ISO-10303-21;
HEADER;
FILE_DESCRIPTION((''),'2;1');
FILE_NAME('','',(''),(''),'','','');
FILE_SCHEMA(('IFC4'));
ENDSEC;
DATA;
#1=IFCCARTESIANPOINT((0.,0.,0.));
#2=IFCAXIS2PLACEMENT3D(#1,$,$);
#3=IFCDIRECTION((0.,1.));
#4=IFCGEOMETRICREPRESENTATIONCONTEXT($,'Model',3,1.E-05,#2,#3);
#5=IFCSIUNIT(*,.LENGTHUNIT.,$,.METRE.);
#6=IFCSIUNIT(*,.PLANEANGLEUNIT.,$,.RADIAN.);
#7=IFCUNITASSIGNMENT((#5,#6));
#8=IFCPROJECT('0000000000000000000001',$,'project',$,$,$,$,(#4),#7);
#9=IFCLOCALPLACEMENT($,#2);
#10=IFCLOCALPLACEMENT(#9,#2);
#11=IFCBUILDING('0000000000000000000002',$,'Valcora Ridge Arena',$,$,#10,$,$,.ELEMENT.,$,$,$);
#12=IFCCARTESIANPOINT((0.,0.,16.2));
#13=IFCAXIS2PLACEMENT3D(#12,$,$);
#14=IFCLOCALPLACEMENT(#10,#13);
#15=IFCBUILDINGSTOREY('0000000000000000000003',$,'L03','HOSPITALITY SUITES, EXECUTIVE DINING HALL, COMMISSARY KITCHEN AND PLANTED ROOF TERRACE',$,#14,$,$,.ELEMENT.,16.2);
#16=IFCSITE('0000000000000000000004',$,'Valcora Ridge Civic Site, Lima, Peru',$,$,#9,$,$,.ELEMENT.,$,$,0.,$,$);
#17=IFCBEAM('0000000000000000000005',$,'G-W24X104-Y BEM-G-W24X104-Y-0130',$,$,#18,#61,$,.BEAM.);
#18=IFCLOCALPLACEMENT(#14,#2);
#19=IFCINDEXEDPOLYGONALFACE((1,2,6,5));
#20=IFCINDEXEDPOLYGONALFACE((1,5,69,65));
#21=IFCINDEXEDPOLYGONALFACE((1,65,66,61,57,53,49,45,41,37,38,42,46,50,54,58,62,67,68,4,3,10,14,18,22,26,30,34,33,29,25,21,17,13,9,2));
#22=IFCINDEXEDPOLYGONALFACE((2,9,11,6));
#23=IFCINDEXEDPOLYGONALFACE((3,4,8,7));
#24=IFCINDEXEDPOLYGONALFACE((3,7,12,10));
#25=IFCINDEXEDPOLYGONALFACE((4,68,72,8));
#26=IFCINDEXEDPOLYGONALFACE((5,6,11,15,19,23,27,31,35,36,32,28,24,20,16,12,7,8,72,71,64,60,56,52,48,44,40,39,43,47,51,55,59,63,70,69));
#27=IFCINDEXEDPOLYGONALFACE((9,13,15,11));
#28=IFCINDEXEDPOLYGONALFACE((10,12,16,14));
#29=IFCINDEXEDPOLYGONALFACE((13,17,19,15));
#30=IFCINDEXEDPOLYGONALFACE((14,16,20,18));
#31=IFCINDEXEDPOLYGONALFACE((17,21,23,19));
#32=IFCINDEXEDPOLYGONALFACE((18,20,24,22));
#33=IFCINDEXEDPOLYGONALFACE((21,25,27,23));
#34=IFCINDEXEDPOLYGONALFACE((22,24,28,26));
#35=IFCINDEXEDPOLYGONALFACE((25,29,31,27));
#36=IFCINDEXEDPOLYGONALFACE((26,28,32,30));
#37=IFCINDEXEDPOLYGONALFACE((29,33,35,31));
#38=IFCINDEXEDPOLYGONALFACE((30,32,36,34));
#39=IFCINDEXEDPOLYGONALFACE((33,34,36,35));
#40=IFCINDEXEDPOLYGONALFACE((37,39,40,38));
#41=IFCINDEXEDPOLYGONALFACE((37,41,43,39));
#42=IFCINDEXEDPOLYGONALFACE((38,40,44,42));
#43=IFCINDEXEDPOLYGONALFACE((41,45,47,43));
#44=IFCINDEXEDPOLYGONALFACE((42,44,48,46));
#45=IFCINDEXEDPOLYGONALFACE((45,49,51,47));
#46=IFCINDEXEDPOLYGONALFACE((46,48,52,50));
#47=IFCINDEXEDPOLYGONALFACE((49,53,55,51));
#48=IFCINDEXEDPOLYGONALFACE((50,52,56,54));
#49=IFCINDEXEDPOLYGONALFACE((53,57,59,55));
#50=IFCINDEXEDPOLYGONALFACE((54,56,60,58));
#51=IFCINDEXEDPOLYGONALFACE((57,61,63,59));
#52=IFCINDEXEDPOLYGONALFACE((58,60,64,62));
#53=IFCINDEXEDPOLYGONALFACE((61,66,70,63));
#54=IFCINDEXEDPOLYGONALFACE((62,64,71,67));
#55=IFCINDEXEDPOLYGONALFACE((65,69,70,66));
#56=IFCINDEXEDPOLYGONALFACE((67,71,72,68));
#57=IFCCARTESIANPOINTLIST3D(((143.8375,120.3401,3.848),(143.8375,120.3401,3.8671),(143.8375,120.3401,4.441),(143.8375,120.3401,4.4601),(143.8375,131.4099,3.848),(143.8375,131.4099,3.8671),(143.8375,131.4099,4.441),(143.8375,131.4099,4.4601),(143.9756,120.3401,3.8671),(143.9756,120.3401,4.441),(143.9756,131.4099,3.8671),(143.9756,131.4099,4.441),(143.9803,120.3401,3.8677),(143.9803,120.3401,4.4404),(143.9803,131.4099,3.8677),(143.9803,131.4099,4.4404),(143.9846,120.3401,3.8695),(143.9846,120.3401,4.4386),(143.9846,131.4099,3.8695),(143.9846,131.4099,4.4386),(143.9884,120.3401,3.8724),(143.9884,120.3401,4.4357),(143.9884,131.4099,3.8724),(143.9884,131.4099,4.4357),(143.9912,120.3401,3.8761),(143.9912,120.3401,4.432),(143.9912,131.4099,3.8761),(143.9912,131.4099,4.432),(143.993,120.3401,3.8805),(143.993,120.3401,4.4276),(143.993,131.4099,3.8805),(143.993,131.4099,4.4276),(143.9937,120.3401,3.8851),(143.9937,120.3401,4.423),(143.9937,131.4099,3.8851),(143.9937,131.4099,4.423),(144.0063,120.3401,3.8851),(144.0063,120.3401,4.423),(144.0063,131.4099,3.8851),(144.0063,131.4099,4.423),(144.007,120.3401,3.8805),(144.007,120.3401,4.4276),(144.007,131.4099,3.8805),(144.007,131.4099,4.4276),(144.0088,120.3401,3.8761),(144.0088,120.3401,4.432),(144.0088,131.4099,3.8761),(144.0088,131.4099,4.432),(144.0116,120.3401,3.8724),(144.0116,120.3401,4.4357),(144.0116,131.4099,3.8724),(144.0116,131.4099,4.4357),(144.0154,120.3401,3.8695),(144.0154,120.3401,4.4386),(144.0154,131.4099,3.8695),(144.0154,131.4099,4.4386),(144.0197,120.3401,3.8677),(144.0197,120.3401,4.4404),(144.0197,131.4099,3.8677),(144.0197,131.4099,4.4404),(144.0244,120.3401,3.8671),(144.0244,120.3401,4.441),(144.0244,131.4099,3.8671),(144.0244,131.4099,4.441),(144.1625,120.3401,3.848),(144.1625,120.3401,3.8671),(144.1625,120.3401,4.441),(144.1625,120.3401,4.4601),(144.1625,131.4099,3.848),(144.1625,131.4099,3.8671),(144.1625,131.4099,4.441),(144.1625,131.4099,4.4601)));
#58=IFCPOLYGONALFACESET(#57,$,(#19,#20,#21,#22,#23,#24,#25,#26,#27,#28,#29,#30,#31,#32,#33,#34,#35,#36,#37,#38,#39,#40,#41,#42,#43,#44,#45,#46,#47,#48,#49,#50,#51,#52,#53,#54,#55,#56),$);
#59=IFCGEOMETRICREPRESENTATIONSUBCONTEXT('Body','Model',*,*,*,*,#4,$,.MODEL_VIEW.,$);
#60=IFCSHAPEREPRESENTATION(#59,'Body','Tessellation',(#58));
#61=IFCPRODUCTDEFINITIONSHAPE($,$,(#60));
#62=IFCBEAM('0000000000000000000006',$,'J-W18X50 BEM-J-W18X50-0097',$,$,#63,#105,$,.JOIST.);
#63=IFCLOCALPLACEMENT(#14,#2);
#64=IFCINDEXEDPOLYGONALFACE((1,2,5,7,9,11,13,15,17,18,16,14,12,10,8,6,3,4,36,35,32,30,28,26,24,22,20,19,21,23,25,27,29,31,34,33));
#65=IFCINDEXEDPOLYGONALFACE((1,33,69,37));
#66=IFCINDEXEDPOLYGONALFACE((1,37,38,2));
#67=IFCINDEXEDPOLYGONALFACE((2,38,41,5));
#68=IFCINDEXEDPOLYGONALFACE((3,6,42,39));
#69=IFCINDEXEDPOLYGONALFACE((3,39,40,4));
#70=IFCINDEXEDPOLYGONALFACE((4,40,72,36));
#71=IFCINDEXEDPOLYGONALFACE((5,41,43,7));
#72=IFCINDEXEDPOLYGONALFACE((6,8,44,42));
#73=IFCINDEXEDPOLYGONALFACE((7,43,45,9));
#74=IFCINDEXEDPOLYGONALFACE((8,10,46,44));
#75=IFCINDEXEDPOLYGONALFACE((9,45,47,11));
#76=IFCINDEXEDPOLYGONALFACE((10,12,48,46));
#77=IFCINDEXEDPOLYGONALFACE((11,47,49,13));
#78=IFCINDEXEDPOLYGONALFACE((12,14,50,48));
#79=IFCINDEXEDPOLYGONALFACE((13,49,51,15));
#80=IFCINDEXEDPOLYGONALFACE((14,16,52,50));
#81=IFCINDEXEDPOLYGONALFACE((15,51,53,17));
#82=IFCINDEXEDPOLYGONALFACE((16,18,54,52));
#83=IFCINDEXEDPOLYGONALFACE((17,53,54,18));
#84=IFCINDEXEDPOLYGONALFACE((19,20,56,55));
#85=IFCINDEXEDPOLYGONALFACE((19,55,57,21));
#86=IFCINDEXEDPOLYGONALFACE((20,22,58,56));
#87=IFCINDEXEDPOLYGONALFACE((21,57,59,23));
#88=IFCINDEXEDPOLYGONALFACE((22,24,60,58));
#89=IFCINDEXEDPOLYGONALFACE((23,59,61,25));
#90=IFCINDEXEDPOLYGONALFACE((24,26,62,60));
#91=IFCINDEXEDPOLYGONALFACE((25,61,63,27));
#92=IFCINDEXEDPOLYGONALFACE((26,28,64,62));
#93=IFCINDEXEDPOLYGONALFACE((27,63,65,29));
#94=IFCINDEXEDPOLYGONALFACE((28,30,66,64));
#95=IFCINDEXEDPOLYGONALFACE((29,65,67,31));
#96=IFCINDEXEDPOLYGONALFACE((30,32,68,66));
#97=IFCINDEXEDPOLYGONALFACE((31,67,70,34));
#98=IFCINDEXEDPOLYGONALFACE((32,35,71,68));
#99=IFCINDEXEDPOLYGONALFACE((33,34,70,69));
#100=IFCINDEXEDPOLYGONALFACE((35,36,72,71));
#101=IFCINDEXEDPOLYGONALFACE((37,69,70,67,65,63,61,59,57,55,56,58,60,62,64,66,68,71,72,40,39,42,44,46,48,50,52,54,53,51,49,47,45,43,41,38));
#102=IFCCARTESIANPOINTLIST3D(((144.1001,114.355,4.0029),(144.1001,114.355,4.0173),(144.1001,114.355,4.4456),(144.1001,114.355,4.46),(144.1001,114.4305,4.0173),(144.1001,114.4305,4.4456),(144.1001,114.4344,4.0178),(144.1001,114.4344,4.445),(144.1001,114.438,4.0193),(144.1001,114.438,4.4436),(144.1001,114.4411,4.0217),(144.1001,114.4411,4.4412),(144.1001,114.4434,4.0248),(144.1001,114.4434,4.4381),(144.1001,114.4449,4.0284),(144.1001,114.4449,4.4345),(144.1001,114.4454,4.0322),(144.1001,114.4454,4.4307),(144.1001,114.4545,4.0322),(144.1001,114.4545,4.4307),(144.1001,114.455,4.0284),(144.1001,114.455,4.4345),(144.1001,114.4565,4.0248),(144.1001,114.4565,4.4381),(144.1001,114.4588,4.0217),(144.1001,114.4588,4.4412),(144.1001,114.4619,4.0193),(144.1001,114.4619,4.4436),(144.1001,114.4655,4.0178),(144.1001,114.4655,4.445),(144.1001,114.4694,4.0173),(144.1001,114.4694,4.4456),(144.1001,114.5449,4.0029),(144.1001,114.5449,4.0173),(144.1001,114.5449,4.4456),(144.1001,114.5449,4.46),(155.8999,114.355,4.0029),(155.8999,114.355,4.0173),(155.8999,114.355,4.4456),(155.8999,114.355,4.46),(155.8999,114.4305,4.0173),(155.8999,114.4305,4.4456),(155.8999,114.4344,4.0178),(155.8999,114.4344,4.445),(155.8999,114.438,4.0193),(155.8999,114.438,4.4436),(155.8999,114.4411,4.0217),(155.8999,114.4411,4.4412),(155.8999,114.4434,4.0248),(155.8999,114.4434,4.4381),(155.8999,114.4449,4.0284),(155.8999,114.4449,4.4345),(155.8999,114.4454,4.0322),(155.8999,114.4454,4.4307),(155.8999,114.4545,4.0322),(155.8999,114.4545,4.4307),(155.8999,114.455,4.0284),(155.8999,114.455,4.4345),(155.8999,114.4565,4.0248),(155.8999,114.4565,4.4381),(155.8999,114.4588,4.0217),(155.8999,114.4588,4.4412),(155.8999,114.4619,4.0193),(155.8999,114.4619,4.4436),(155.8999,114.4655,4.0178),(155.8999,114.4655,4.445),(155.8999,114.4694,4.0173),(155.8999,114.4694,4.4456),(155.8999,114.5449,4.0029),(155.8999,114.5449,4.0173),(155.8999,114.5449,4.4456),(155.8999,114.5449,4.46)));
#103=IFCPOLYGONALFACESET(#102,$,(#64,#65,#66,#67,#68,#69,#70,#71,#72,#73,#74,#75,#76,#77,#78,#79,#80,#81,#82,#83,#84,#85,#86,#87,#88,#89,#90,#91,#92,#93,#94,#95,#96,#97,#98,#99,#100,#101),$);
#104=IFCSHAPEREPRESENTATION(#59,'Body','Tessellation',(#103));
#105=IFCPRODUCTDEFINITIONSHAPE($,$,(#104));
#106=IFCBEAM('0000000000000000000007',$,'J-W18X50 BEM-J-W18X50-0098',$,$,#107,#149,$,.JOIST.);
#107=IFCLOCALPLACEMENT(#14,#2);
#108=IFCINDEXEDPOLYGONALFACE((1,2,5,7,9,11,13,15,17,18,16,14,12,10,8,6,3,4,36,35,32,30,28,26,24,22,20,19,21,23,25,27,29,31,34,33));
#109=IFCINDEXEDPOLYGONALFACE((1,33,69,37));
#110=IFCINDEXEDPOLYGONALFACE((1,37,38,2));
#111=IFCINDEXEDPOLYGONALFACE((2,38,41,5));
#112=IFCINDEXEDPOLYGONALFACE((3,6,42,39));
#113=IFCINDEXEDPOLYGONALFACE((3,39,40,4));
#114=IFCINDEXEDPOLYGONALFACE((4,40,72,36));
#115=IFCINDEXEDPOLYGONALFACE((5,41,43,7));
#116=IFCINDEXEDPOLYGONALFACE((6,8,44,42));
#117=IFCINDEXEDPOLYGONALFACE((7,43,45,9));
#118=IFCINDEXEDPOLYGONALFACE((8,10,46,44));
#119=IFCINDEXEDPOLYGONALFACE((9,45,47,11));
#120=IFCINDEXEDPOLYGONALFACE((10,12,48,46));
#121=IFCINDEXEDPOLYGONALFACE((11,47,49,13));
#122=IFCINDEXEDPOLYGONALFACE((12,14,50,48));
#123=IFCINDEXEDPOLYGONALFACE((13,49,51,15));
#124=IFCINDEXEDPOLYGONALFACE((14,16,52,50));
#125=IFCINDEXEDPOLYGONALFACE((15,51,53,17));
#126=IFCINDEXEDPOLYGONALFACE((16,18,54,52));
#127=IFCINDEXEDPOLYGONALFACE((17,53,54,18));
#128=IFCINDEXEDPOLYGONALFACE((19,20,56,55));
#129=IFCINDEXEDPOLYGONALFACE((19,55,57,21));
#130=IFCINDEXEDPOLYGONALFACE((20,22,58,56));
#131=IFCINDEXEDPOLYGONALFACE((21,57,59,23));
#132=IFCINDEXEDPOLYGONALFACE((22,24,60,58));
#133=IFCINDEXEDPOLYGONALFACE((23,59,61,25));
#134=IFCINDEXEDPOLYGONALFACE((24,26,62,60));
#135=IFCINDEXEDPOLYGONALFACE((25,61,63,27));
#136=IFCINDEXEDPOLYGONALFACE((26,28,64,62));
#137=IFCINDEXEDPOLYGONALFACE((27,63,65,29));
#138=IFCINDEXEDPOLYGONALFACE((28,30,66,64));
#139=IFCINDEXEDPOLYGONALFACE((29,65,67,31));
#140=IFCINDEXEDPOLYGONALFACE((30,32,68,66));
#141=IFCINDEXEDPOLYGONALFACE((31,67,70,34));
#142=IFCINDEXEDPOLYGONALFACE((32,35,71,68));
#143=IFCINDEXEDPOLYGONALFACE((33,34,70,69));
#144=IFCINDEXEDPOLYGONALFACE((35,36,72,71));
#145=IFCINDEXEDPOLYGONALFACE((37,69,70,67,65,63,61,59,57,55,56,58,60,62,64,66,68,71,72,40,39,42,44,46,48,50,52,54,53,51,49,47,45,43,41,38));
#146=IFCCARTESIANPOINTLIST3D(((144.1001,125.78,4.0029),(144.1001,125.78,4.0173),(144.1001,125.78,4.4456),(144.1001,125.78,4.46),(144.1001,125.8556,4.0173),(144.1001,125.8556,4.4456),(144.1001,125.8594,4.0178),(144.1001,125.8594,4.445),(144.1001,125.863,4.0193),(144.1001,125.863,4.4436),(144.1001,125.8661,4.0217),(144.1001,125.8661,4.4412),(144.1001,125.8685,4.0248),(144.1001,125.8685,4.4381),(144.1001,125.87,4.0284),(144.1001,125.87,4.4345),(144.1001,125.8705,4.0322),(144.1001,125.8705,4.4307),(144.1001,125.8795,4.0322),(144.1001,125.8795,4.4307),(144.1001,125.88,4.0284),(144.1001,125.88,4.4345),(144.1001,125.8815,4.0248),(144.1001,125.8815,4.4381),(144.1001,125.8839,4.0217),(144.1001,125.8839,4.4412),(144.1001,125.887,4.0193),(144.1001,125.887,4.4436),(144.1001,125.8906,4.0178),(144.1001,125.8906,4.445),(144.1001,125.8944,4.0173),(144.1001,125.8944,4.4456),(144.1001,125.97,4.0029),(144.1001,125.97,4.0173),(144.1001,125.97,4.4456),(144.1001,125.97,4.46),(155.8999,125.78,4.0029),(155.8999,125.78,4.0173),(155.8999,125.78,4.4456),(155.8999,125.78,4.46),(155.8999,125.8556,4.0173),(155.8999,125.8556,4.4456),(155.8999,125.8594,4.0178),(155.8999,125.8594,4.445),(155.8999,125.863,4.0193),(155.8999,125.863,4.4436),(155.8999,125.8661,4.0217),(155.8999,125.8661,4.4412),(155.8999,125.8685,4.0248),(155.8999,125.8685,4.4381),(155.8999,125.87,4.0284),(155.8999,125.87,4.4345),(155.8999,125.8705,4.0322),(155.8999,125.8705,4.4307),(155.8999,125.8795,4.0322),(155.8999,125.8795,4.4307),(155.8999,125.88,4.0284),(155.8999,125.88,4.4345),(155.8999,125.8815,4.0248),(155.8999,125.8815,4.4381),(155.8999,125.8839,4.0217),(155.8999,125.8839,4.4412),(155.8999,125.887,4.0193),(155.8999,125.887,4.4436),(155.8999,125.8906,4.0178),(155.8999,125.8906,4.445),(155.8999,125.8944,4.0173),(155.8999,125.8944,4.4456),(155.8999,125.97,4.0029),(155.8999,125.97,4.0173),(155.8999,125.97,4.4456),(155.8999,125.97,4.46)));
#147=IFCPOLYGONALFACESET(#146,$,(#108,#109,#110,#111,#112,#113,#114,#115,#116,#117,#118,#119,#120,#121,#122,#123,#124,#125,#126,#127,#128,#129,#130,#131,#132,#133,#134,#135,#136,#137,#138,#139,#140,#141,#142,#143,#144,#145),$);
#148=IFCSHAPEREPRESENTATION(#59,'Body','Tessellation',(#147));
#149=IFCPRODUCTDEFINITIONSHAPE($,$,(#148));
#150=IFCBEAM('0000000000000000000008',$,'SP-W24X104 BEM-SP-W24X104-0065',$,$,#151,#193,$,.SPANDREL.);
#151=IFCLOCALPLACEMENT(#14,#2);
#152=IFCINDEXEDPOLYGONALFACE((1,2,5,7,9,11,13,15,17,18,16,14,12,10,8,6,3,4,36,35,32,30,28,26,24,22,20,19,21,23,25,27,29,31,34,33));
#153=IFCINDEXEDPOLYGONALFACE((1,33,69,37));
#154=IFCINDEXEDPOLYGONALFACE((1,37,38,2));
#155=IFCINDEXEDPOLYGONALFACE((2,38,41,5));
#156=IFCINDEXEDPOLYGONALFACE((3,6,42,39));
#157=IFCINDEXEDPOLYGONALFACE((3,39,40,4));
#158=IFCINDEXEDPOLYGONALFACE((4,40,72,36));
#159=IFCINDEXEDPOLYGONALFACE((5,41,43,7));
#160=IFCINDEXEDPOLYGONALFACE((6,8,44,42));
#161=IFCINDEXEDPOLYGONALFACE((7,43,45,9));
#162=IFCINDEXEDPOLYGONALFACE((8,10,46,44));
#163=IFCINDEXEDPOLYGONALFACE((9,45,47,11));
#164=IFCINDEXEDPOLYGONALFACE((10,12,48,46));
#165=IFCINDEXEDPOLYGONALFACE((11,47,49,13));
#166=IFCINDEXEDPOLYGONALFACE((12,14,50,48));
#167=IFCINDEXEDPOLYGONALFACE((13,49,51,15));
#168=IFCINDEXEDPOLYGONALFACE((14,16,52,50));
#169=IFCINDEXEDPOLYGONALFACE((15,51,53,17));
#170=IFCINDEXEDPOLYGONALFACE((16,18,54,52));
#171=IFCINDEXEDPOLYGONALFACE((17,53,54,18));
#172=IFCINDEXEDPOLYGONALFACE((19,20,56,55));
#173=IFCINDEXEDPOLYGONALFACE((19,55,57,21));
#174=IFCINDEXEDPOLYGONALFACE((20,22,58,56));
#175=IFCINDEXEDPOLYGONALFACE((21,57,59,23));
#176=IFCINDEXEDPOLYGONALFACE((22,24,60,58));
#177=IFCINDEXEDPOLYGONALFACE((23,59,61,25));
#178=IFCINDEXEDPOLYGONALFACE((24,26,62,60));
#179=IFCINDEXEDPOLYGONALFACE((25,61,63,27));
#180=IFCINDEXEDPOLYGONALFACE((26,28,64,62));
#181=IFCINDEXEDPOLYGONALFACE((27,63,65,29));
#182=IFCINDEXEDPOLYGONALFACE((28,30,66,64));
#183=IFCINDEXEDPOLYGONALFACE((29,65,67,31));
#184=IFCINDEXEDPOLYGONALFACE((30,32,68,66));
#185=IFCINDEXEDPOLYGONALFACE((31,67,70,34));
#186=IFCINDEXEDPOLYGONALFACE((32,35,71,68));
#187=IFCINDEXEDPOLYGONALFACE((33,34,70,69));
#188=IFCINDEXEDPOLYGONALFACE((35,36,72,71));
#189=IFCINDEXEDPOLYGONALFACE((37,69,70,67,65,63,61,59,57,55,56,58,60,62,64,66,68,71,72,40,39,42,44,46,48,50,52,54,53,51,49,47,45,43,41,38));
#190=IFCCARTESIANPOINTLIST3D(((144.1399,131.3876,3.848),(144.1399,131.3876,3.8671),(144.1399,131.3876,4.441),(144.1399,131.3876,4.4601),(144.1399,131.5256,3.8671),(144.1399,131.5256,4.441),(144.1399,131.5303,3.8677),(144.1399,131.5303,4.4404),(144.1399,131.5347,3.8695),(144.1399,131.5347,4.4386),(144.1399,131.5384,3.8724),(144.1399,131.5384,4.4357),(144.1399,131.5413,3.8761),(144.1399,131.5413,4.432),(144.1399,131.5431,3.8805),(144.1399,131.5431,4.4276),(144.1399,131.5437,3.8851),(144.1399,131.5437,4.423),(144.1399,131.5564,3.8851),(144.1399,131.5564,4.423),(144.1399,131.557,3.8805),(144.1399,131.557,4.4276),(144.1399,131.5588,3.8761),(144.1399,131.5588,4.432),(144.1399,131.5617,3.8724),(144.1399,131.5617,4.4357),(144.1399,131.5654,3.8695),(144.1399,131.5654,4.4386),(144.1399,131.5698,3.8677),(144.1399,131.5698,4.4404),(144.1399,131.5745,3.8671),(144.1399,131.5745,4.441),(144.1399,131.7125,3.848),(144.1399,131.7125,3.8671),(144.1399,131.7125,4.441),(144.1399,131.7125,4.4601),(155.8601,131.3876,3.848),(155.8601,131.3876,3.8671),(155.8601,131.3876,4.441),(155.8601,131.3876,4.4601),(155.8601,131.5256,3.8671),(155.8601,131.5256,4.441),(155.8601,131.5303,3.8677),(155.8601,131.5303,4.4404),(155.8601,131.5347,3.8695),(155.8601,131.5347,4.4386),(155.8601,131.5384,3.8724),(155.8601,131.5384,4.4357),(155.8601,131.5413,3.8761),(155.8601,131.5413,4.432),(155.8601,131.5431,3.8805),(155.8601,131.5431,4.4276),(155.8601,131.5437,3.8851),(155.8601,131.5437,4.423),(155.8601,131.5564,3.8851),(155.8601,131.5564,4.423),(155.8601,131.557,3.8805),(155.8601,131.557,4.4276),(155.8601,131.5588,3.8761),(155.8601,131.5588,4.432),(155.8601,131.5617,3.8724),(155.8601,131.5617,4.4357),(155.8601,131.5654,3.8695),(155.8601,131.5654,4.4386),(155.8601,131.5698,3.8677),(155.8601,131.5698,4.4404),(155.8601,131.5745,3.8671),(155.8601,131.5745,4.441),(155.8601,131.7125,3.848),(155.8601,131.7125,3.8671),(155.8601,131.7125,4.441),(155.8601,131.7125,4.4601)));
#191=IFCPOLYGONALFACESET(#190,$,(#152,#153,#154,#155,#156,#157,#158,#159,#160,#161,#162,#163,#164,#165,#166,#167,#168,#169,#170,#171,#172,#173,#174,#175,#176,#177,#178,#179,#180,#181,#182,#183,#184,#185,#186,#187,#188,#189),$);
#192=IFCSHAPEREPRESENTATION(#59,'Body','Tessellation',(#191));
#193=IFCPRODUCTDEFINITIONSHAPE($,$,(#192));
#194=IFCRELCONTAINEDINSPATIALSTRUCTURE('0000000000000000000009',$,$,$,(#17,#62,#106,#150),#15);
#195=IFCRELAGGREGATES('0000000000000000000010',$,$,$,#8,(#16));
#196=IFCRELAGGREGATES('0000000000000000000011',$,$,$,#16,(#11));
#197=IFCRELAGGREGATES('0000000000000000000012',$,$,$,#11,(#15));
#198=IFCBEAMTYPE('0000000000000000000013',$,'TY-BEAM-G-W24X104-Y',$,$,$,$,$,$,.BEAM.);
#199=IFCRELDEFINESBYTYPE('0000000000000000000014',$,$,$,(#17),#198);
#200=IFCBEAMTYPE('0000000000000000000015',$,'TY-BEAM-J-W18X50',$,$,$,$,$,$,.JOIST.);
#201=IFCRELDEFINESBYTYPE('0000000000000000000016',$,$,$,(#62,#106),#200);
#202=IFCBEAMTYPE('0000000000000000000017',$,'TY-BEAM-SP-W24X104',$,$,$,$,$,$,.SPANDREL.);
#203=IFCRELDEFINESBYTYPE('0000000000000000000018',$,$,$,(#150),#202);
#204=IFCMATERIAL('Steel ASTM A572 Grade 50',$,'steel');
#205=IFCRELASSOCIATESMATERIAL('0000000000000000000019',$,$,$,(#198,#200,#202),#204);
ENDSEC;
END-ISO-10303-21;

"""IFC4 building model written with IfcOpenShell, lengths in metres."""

from ifc_helpers import new_model, si_unit, direction, frame, origin, origin_2d, place, context, subcontext, project, spatial, i_section, extrude, material, material_profile, profile_set, type_object, element, save


model = new_model("IFC4")

# Units and contexts
model_context = context("Model", 3, precision=1e-05, world=origin(), true_north=direction((0.0, 1.0)))
body_context = subcontext(model_context, "Body", "Model", "MODEL_VIEW")
ifc_project = project(units=[si_unit("LENGTHUNIT", "METRE"), si_unit("PLANEANGLEUNIT", "RADIAN")], contexts=[model_context])

# Site, building, storey
site_placement = place(None, origin())
site = spatial("IfcSite", under=ifc_project, at=site_placement, Name="Valcora Ridge Civic Site, Lima, Peru", CompositionType="ELEMENT", RefElevation=0.0)
building_placement = place(site_placement, origin())
building = spatial("IfcBuilding", under=site, at=building_placement, Name="Valcora Ridge Arena", CompositionType="ELEMENT")
storey_placement = place(building_placement, frame((0.0, 0.0, 16.2)))
storey = spatial("IfcBuildingStorey", under=building, at=storey_placement, Name="L03", Description="HOSPITALITY SUITES, EXECUTIVE DINING HALL, COMMISSARY KITCHEN AND PLANTED ROOF TERRACE", CompositionType="ELEMENT", Elevation=16.2)

# Beams
ifc_material_1 = material(Name="Steel ASTM A572 Grade 50", Category="steel")
ifc_material_profile_1 = material_profile(ifc_material_1, i_section(OverallWidth=0.325, OverallDepth=0.6121, WebThickness=0.0127, FlangeThickness=0.019, FilletRadius=0.0181, at=origin_2d()), Name="W24X104")
ifc_profile_set_1 = profile_set([ifc_material_profile_1], Name="Steel ASTM A572 Grade 50")
beam_type_1 = type_object("IfcBeamType", Name="TY-BEAM-G-W24X104-Y", PredefinedType="BEAM", material=ifc_profile_set_1)
beam_1_placement = place(storey_placement, frame((144.0, 120.3401, 4.1541), z_axis=(0.0, 1.0, 0.0), x_axis=(-1.0, 0.0, 0.0)))
element("IfcBeam", 1, at=beam_1_placement, inside=storey, type_object=beam_type_1, Name="G-W24X104-Y BEM-G-W24X104-Y-0130", PredefinedType="BEAM", context=body_context, shape_type="SweptSolid", body=[
    extrude(i_section(OverallWidth=0.325, OverallDepth=0.6121, WebThickness=0.0127, FlangeThickness=0.019, FilletRadius=0.0181, at=origin_2d()), origin(), (0.0, 0.0, 1.0), 11.0698),
])
ifc_material_profile_2 = material_profile(ifc_material_1, i_section(OverallWidth=0.1899, OverallDepth=0.457, WebThickness=0.009, FlangeThickness=0.0144, FilletRadius=0.0149, at=origin_2d()), Name="W18X50")
ifc_profile_set_2 = profile_set([ifc_material_profile_2], Name="Steel ASTM A572 Grade 50")
beam_type_2 = type_object("IfcBeamType", Name="TY-BEAM-J-W18X50", PredefinedType="JOIST", material=ifc_profile_set_2)
for number, where, z_axis, x_axis, name in (
    (2, (144.1001, 114.45, 4.2314), (1.0, 0.0, 0.0), (0.0, 1.0, 0.0), "J-W18X50 BEM-J-W18X50-0097"),
    (3, (144.1001, 125.875, 4.2314), (1.0, 0.0, 0.0), (0.0, 1.0, 0.0), "J-W18X50 BEM-J-W18X50-0098"),
):
    element("IfcBeam", number, at=place(storey_placement, frame(where, z_axis=z_axis, x_axis=x_axis)), inside=storey, type_object=beam_type_2, Name=name, PredefinedType="JOIST", context=body_context, shape_type="SweptSolid", body=[
        extrude(i_section(OverallWidth=0.1899, OverallDepth=0.457, WebThickness=0.009, FlangeThickness=0.0144, FilletRadius=0.0149, at=origin_2d()), origin(), (0.0, 0.0, 1.0), 11.7998),
    ])
ifc_material_profile_3 = material_profile(ifc_material_1, i_section(OverallWidth=0.325, OverallDepth=0.6121, WebThickness=0.0127, FlangeThickness=0.019, FilletRadius=0.0181, at=origin_2d()), Name="W24X104")
ifc_profile_set_3 = profile_set([ifc_material_profile_3], Name="Steel ASTM A572 Grade 50")
beam_type_3 = type_object("IfcBeamType", Name="TY-BEAM-SP-W24X104", PredefinedType="SPANDREL", material=ifc_profile_set_3)
beam_2_placement = place(storey_placement, frame((144.1399, 131.55, 4.1541), z_axis=(1.0, 0.0, 0.0), x_axis=(0.0, 1.0, 0.0)))
element("IfcBeam", 4, at=beam_2_placement, inside=storey, type_object=beam_type_3, Name="SP-W24X104 BEM-SP-W24X104-0065", PredefinedType="SPANDREL", context=body_context, shape_type="SweptSolid", body=[
    extrude(i_section(OverallWidth=0.325, OverallDepth=0.6121, WebThickness=0.0127, FlangeThickness=0.019, FilletRadius=0.0181, at=origin_2d()), origin(), (0.0, 0.0, 1.0), 11.7202),
])

save(model, "model.ifc")
